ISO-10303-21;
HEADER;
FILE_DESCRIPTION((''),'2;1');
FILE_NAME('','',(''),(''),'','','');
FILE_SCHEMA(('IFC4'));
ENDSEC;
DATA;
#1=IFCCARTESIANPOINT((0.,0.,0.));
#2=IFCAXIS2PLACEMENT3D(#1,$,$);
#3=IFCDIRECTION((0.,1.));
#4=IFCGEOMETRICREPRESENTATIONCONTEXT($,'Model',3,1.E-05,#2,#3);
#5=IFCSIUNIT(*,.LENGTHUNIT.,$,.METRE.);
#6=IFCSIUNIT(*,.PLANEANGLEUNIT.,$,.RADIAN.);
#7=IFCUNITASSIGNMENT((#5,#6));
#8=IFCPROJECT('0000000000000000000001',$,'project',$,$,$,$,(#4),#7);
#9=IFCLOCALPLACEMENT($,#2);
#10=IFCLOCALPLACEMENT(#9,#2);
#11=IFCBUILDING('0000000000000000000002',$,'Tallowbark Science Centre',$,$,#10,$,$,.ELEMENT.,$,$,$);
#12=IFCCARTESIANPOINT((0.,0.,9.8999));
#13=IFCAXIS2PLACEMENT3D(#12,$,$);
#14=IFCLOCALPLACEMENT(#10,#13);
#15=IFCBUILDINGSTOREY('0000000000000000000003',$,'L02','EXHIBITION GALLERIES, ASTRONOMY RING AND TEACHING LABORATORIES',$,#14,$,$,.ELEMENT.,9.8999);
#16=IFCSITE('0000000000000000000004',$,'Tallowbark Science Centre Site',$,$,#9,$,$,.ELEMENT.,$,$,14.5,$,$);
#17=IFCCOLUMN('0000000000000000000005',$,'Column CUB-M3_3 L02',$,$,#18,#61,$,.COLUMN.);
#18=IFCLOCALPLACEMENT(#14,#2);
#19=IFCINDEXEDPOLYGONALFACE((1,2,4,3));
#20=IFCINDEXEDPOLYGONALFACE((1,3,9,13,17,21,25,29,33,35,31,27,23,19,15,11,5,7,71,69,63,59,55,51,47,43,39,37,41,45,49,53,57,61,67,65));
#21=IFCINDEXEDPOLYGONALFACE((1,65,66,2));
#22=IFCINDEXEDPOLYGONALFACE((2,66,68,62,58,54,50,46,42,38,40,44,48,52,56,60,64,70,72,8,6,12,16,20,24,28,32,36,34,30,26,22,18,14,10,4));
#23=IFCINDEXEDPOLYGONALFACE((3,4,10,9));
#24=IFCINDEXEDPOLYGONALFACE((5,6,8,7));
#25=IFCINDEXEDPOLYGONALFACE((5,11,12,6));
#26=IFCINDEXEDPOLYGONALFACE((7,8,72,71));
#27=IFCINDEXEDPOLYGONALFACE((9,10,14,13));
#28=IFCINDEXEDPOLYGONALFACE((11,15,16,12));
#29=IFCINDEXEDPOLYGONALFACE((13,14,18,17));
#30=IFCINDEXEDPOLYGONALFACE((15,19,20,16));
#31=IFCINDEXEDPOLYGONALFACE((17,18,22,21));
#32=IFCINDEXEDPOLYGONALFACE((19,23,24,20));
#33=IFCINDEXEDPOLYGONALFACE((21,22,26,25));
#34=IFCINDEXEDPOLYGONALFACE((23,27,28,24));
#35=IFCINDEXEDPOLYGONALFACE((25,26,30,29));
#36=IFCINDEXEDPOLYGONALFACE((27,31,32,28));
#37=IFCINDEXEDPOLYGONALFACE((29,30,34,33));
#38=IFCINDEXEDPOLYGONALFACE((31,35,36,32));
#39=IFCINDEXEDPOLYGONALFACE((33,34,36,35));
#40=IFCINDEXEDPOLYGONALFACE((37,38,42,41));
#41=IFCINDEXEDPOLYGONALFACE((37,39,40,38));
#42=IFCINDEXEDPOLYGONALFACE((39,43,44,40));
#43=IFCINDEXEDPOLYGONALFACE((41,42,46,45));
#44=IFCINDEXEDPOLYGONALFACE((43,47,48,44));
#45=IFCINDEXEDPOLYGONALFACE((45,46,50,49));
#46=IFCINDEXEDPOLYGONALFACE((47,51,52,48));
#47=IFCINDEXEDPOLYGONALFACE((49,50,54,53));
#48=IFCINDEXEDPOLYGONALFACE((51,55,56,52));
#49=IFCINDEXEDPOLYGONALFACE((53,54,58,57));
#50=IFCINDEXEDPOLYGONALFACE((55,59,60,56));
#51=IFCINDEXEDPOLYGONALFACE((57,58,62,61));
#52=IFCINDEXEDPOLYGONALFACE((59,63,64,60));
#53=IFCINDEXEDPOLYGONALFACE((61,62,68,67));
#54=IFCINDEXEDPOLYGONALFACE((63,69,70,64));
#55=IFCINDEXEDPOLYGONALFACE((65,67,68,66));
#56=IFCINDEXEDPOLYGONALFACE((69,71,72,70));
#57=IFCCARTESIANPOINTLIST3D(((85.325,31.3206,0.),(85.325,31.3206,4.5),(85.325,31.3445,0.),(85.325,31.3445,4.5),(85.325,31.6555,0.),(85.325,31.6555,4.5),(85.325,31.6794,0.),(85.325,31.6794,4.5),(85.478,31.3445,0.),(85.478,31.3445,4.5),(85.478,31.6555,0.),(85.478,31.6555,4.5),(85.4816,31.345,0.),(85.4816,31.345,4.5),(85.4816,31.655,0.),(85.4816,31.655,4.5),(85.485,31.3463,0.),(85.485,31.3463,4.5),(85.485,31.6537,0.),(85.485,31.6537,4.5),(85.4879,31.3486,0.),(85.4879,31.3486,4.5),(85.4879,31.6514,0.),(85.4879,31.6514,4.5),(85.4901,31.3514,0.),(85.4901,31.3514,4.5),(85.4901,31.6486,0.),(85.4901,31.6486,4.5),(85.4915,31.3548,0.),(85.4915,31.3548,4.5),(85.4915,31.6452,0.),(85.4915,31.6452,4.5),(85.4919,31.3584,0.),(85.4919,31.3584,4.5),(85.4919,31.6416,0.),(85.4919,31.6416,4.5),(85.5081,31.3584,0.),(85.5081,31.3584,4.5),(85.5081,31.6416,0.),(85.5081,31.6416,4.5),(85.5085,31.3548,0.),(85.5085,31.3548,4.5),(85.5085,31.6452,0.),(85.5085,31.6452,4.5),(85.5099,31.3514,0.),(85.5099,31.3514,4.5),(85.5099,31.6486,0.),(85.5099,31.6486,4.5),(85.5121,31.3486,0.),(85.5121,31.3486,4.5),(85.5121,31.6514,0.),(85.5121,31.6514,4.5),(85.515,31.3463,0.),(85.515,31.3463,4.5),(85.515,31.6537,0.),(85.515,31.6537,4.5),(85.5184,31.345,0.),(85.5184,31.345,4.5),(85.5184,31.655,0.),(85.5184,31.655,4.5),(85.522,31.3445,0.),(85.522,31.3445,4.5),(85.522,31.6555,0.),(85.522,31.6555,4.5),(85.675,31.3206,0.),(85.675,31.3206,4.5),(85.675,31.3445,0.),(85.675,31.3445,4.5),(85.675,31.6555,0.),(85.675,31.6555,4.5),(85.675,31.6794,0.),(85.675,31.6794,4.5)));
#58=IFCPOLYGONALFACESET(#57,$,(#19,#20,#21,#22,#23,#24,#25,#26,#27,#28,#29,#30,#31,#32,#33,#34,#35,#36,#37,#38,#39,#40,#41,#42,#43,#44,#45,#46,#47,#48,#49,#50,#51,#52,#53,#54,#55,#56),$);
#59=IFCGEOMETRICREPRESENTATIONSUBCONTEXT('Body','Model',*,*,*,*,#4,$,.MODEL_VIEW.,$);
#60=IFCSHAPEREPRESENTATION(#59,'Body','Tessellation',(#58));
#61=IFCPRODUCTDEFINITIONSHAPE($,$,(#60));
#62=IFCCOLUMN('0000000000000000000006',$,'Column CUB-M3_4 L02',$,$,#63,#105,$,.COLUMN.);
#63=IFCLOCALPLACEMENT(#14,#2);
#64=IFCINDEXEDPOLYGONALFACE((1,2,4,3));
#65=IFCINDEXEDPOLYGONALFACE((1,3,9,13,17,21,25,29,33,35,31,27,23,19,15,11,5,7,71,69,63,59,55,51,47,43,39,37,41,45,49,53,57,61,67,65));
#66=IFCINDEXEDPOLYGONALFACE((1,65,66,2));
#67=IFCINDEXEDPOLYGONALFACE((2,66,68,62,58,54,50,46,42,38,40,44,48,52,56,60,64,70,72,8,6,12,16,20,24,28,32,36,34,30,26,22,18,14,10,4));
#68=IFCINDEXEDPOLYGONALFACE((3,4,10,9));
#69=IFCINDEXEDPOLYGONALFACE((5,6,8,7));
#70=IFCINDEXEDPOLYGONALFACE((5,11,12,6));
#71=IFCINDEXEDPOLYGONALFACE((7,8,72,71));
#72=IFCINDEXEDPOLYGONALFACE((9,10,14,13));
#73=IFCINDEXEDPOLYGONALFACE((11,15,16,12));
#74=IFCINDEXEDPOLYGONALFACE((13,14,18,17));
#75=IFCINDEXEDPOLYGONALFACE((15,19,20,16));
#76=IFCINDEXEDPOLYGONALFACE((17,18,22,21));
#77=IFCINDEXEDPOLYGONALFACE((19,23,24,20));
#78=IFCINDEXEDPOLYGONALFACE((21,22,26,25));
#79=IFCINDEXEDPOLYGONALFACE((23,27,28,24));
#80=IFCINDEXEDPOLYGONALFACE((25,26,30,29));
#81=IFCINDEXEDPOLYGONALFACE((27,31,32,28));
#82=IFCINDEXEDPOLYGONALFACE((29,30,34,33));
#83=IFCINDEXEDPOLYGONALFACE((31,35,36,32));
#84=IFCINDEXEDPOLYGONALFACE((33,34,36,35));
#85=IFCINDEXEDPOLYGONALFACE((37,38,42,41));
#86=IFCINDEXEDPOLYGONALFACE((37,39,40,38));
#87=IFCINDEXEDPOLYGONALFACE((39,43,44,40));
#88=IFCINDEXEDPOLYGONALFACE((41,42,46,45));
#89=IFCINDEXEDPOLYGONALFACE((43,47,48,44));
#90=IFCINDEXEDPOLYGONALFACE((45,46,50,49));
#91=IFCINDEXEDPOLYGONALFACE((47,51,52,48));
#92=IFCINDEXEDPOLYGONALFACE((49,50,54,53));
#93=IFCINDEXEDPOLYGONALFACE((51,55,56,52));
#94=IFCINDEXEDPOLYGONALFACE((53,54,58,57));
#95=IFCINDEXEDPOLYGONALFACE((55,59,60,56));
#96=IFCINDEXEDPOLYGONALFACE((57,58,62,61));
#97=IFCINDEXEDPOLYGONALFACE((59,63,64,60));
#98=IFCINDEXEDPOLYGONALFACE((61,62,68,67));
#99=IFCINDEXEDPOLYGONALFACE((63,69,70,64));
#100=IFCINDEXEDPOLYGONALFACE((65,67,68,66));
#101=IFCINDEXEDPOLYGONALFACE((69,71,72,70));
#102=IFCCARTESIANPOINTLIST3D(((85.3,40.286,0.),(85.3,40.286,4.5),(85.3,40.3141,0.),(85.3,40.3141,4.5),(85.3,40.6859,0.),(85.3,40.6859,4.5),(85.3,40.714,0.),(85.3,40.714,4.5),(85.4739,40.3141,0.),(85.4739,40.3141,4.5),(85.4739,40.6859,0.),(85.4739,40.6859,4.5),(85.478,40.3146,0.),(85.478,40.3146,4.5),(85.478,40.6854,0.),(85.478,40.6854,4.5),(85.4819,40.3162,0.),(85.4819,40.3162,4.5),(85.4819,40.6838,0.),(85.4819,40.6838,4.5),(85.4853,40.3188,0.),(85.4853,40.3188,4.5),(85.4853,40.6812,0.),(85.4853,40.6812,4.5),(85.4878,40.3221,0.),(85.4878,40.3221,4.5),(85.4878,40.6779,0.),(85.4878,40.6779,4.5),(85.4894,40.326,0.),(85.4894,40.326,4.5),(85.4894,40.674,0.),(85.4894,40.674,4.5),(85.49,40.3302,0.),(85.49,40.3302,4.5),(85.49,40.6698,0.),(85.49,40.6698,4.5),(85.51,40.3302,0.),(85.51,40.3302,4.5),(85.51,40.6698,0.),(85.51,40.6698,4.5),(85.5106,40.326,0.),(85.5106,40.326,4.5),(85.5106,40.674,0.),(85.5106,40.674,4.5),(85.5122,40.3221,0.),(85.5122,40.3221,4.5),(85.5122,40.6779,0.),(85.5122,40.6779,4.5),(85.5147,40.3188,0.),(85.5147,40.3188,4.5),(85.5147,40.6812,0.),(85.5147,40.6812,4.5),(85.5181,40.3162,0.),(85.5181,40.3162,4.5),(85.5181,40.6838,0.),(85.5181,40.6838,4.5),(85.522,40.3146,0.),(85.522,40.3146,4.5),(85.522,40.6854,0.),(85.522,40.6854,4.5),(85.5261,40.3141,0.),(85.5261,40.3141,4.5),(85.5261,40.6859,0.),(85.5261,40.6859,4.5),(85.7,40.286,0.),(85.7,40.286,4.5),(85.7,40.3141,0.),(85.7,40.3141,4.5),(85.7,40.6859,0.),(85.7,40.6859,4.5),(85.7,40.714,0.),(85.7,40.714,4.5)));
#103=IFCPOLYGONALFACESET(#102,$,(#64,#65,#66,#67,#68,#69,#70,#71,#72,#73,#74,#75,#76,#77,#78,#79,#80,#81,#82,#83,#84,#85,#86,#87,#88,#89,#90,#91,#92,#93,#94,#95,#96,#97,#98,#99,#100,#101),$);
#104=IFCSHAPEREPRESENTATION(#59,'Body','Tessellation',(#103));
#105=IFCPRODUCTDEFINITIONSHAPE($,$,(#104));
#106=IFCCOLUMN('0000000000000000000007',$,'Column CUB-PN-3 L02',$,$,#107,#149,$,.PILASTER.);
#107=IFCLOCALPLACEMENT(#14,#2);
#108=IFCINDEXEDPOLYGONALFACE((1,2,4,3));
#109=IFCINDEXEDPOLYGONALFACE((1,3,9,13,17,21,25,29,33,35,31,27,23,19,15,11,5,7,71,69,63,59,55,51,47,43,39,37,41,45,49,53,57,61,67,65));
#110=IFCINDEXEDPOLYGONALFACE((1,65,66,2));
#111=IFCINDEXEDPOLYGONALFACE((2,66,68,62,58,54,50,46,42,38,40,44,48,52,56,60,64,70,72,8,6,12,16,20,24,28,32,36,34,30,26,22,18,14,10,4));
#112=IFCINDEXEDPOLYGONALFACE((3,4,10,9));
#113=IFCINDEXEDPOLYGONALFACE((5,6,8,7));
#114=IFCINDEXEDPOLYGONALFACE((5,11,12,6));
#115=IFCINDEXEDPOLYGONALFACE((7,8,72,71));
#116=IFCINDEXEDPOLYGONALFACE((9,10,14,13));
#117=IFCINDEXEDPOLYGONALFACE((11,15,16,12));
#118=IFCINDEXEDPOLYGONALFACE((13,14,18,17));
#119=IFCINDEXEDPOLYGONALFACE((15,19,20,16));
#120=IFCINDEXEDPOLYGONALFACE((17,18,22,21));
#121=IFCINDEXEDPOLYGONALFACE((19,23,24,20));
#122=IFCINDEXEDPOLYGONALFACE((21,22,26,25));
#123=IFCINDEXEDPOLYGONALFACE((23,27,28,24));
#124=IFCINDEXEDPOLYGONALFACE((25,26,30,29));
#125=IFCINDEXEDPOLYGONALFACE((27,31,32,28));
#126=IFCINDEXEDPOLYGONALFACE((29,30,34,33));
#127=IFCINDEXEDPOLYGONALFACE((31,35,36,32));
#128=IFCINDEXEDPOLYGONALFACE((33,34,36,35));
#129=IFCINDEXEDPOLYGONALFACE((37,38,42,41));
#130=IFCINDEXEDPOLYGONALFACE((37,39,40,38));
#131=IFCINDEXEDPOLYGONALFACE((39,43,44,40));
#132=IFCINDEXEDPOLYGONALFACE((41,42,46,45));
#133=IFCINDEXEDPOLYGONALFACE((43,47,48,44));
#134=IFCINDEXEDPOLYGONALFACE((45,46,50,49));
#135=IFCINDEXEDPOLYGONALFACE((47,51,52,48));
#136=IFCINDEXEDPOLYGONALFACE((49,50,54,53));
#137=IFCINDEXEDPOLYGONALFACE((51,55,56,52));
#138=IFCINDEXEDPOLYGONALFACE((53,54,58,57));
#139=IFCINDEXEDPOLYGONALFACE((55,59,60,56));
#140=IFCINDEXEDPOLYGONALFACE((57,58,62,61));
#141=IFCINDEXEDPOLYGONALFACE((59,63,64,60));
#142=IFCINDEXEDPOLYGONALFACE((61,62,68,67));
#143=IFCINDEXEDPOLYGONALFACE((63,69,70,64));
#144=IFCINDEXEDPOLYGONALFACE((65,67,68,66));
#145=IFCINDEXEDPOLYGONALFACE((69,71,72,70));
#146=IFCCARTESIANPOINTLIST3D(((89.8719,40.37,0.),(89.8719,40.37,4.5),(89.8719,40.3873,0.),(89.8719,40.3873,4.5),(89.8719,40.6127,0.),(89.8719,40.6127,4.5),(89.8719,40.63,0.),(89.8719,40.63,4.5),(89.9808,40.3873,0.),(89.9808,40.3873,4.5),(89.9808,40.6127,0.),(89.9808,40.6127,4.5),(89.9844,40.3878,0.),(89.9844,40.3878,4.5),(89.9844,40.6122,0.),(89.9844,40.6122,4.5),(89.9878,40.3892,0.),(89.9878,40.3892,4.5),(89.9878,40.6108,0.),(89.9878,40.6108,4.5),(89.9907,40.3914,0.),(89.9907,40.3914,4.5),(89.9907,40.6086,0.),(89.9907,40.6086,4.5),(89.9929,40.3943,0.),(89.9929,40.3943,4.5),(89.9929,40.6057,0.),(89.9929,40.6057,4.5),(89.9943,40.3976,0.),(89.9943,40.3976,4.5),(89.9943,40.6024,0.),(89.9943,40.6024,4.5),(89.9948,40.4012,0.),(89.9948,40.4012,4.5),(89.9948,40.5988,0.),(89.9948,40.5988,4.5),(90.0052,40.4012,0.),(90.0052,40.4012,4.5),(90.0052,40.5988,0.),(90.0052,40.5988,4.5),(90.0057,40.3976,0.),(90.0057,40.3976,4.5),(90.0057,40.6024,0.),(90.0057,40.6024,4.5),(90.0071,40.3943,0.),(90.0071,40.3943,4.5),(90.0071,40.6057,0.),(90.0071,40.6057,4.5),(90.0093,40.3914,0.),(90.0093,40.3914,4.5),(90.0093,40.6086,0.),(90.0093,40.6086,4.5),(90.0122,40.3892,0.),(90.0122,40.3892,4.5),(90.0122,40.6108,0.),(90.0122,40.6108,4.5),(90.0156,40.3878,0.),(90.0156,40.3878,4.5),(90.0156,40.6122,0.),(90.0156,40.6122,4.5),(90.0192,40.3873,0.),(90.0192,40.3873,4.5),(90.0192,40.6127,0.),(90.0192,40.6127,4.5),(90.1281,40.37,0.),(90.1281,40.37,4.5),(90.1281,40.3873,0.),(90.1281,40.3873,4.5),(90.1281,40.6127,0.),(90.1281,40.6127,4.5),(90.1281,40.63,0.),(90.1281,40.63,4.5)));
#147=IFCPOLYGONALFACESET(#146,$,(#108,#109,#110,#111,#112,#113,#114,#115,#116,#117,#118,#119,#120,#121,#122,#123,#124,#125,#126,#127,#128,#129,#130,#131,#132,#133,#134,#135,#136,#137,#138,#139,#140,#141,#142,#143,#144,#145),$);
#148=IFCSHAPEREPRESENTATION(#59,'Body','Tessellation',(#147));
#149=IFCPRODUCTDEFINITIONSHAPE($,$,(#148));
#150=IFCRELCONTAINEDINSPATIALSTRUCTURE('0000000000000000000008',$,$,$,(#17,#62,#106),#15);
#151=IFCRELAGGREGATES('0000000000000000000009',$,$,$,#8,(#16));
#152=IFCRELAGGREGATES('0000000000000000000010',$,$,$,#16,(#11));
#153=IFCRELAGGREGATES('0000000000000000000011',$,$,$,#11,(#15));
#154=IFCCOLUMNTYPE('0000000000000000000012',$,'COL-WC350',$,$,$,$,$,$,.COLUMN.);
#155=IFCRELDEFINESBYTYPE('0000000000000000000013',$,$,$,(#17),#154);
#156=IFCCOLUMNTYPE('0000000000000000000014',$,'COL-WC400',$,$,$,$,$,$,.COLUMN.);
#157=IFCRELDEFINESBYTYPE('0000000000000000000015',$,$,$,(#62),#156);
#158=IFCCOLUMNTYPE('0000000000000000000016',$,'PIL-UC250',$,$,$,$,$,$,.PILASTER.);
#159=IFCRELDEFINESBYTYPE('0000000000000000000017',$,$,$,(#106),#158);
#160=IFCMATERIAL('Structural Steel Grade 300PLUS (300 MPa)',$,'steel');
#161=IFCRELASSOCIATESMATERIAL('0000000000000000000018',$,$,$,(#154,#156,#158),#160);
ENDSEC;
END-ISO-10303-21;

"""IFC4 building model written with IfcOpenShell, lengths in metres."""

from ifc_helpers import new_model, si_unit, direction, frame, origin, origin_2d, place, context, subcontext, project, spatial, i_section, extrude, material, material_profile, profile_set, type_object, element, save


model = new_model("IFC4")

# Units and contexts
model_context = context("Model", 3, precision=1e-05, world=origin(), true_north=direction((0.0, 1.0)))
body_context = subcontext(model_context, "Body", "Model", "MODEL_VIEW")
ifc_project = project(units=[si_unit("LENGTHUNIT", "METRE"), si_unit("PLANEANGLEUNIT", "RADIAN")], contexts=[model_context])

# Site, building, storey
site_placement = place(None, origin())
site = spatial("IfcSite", under=ifc_project, at=site_placement, Name="Tallowbark Science Centre Site", CompositionType="ELEMENT", RefElevation=14.5)
building_placement = place(site_placement, origin())
building = spatial("IfcBuilding", under=site, at=building_placement, Name="Tallowbark Science Centre", CompositionType="ELEMENT")
storey_placement = place(building_placement, frame((0.0, 0.0, 9.8999)))
storey = spatial("IfcBuildingStorey", under=building, at=storey_placement, Name="L02", Description="EXHIBITION GALLERIES, ASTRONOMY RING AND TEACHING LABORATORIES", CompositionType="ELEMENT", Elevation=9.8999)

# Columns
ifc_material_1 = material(Name="Structural Steel Grade 300PLUS (300 MPa)", Category="steel")
ifc_material_profile_1 = material_profile(ifc_material_1, i_section(OverallWidth=0.3501, OverallDepth=0.3589, WebThickness=0.0161, FlangeThickness=0.0239, FilletRadius=0.0139, at=origin_2d()), Name="350WC197")
ifc_profile_set_1 = profile_set([ifc_material_profile_1], Name="Structural Steel Grade 300PLUS (300 MPa)")
column_type_1 = type_object("IfcColumnType", Name="COL-WC350", PredefinedType="COLUMN", material=ifc_profile_set_1)
column_1_placement = place(storey_placement, frame((85.5, 31.5, 0.0), z_axis=(0.0, 0.0, 1.0), x_axis=(1.0, 0.0, 0.0)))
element("IfcColumn", 1, at=column_1_placement, inside=storey, type_object=column_type_1, Name="Column CUB-M3_3 L02", PredefinedType="COLUMN", context=body_context, shape_type="SweptSolid", body=[
    extrude(i_section(OverallWidth=0.3501, OverallDepth=0.3589, WebThickness=0.0161, FlangeThickness=0.0239, FilletRadius=0.0139, at=origin_2d()), origin(), (0.0, 0.0, 1.0), 4.5),
])
ifc_material_profile_2 = material_profile(ifc_material_1, i_section(OverallWidth=0.3999, OverallDepth=0.428, WebThickness=0.02, FlangeThickness=0.0281, FilletRadius=0.0161, at=origin_2d()), Name="400WC270")
ifc_profile_set_2 = profile_set([ifc_material_profile_2], Name="Structural Steel Grade 300PLUS (300 MPa)")
column_type_2 = type_object("IfcColumnType", Name="COL-WC400", PredefinedType="COLUMN", material=ifc_profile_set_2)
column_2_placement = place(storey_placement, frame((85.5, 40.5, 0.0), z_axis=(0.0, 0.0, 1.0), x_axis=(1.0, 0.0, 0.0)))
element("IfcColumn", 2, at=column_2_placement, inside=storey, type_object=column_type_2, Name="Column CUB-M3_4 L02", PredefinedType="COLUMN", context=body_context, shape_type="SweptSolid", body=[
    extrude(i_section(OverallWidth=0.3999, OverallDepth=0.428, WebThickness=0.02, FlangeThickness=0.0281, FilletRadius=0.0161, at=origin_2d()), origin(), (0.0, 0.0, 1.0), 4.5),
])
ifc_material_profile_3 = material_profile(ifc_material_1, i_section(OverallWidth=0.2561, OverallDepth=0.26, WebThickness=0.0105, FlangeThickness=0.0173, FilletRadius=0.0139, at=origin_2d()), Name="250UC89.5")
ifc_profile_set_3 = profile_set([ifc_material_profile_3], Name="Structural Steel Grade 300PLUS (300 MPa)")
column_type_3 = type_object("IfcColumnType", Name="PIL-UC250", PredefinedType="PILASTER", material=ifc_profile_set_3)
column_3_placement = place(storey_placement, frame((90.0, 40.5, 0.0), z_axis=(0.0, 0.0, 1.0), x_axis=(1.0, 0.0, 0.0)))
element("IfcColumn", 3, at=column_3_placement, inside=storey, type_object=column_type_3, Name="Column CUB-PN-3 L02", PredefinedType="PILASTER", context=body_context, shape_type="SweptSolid", body=[
    extrude(i_section(OverallWidth=0.2561, OverallDepth=0.26, WebThickness=0.0105, FlangeThickness=0.0173, FilletRadius=0.0139, at=origin_2d()), origin(), (0.0, 0.0, 1.0), 4.5),
])

save(model, "model.ifc")
